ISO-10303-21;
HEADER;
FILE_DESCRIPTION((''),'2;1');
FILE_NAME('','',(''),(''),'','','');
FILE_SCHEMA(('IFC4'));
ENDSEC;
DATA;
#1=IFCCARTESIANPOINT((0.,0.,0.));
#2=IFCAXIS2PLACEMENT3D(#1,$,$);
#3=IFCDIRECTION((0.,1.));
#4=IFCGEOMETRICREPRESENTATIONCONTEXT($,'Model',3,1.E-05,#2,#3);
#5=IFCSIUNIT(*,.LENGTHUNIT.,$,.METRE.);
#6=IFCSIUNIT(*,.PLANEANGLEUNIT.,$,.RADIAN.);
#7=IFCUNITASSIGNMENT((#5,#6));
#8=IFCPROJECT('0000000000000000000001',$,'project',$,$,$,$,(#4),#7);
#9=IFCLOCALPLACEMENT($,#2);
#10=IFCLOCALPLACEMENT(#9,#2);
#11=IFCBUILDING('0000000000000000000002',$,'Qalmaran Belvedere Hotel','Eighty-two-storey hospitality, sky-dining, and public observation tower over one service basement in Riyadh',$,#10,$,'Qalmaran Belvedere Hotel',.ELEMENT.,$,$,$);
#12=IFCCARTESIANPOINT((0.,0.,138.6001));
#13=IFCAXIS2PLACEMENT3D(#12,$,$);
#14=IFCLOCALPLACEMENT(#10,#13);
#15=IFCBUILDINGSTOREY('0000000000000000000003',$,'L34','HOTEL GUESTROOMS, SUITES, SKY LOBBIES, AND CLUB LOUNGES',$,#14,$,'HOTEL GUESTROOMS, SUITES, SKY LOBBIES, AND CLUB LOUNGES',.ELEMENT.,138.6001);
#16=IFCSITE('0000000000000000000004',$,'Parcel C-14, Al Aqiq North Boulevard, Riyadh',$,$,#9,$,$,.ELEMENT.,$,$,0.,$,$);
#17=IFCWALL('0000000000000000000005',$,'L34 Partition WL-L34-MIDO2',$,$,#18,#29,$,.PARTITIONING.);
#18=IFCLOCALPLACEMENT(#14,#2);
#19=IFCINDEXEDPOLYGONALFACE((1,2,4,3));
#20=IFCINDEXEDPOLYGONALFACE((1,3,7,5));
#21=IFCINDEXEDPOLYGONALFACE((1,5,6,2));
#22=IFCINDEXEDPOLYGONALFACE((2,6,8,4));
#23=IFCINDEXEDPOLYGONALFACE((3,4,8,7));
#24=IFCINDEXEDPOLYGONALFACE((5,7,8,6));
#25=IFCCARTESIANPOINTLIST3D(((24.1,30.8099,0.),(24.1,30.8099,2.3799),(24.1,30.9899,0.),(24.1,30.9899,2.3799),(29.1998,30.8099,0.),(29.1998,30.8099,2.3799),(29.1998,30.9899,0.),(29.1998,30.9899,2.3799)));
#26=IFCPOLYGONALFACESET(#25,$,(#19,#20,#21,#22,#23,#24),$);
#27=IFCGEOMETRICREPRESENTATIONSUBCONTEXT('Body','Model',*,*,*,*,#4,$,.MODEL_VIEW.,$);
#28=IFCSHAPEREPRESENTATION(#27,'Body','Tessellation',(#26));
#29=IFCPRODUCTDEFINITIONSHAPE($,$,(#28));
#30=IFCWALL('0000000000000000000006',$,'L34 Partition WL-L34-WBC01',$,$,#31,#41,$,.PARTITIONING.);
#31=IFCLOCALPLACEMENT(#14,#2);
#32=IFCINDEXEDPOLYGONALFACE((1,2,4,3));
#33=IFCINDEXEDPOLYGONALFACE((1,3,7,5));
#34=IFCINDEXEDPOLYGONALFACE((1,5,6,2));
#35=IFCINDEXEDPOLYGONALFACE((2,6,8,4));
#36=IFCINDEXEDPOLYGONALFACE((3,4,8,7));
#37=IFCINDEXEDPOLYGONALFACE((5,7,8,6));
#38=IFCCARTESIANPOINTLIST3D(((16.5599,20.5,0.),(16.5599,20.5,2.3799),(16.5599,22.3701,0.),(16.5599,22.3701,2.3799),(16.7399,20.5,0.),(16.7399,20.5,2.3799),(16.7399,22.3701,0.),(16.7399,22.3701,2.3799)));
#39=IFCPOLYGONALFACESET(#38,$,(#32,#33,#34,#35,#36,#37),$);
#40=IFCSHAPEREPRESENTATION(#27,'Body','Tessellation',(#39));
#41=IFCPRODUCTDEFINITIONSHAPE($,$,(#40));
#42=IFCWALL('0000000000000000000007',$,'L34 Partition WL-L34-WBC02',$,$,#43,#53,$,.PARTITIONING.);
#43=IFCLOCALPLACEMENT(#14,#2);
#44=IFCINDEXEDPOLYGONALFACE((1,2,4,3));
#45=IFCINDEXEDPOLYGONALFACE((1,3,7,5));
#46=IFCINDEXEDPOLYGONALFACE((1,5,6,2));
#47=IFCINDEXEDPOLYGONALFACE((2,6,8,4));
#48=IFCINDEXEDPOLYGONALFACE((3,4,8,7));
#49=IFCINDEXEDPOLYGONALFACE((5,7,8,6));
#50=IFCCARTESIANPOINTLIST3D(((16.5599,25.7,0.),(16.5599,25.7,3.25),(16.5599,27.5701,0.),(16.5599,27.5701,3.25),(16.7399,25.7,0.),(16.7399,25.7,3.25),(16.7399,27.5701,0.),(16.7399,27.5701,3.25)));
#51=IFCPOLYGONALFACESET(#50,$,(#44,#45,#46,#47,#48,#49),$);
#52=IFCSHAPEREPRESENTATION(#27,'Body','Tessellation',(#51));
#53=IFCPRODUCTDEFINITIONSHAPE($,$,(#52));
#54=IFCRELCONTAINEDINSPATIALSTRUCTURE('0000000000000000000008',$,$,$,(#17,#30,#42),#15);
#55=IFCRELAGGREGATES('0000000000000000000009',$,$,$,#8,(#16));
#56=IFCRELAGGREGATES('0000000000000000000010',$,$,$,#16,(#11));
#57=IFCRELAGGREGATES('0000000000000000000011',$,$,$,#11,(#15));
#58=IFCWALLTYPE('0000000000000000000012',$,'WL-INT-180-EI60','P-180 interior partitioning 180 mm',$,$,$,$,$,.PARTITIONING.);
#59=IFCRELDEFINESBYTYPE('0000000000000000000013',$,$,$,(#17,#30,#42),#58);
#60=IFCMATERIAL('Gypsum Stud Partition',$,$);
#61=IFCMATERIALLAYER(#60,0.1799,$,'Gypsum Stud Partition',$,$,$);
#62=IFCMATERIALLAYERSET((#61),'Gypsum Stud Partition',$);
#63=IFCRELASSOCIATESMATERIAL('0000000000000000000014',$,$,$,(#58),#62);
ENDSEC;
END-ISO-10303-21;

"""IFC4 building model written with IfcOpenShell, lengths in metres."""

from ifc_helpers import new_model, si_unit, direction, frame, frame_2d, origin, place, context, subcontext, project, spatial, rectangle, extrude, material, layer, layer_set, type_object, element, save


model = new_model("IFC4")

# Units and contexts
model_context = context("Model", 3, precision=1e-05, world=origin(), true_north=direction((0.0, 1.0)))
body_context = subcontext(model_context, "Body", "Model", "MODEL_VIEW")
ifc_project = project(units=[si_unit("LENGTHUNIT", "METRE"), si_unit("PLANEANGLEUNIT", "RADIAN")], contexts=[model_context])

# Site, building, storey
site_placement = place(None, origin())
site = spatial("IfcSite", under=ifc_project, at=site_placement, Name="Parcel C-14, Al Aqiq North Boulevard, Riyadh", CompositionType="ELEMENT", RefElevation=0.0)
building_placement = place(site_placement, origin())
building = spatial("IfcBuilding", under=site, at=building_placement, Name="Qalmaran Belvedere Hotel", Description="Eighty-two-storey hospitality, sky-dining, and public observation tower over one service basement in Riyadh", LongName="Qalmaran Belvedere Hotel", CompositionType="ELEMENT")
storey_placement = place(building_placement, frame((0.0, 0.0, 138.6001)))
storey = spatial("IfcBuildingStorey", under=building, at=storey_placement, Name="L34", Description="HOTEL GUESTROOMS, SUITES, SKY LOBBIES, AND CLUB LOUNGES", LongName="HOTEL GUESTROOMS, SUITES, SKY LOBBIES, AND CLUB LOUNGES", CompositionType="ELEMENT", Elevation=138.6001)

# Shared definitions
ifc_material_1 = material(Name="Gypsum Stud Partition")

# Shared definitions
ifc_layer_1 = layer(ifc_material_1, 0.1799, Name="Gypsum Stud Partition")
ifc_layer_set_1 = layer_set([ifc_layer_1], Name="Gypsum Stud Partition")
wall_type_1 = type_object("IfcWallType", Name="WL-INT-180-EI60", Description="P-180 interior partitioning 180 mm", PredefinedType="PARTITIONING", material=ifc_layer_set_1)

# Walls
wall_1_placement = place(storey_placement, frame((24.1001, 30.8999, 0.0), z_axis=(0.0, 0.0, 1.0), x_axis=(1.0, 0.0, 0.0)))
element("IfcWall", 1, at=wall_1_placement, inside=storey, type_object=wall_type_1, Name="L34 Partition WL-L34-MIDO2", PredefinedType="PARTITIONING", context=body_context, shape_type="SweptSolid", body=[
    extrude(rectangle(XDim=5.0999, YDim=0.1799, at=frame_2d((2.5498, 0.0))), origin(), (0.0, 0.0, 1.0), 2.3799),
])
wall_2_placement = place(storey_placement, frame((16.6499, 20.5, 0.0), z_axis=(0.0, 0.0, 1.0), x_axis=(0.0, 1.0, 0.0)))
element("IfcWall", 2, at=wall_2_placement, inside=storey, type_object=wall_type_1, Name="L34 Partition WL-L34-WBC01", PredefinedType="PARTITIONING", context=body_context, shape_type="SweptSolid", body=[
    extrude(rectangle(XDim=1.8701, YDim=0.1799, at=frame_2d((0.9351, 0.0))), origin(), (0.0, 0.0, 1.0), 2.3799),
])

# Wall
wall_3_placement = place(storey_placement, frame((16.6499, 25.7, 0.0), z_axis=(0.0, 0.0, 1.0), x_axis=(0.0, 1.0, 0.0)))
element("IfcWall", 3, at=wall_3_placement, inside=storey, type_object=wall_type_1, Name="L34 Partition WL-L34-WBC02", PredefinedType="PARTITIONING", context=body_context, shape_type="SweptSolid", body=[
    extrude(rectangle(XDim=1.8701, YDim=0.1799, at=frame_2d((0.9351, 0.0))), origin(), (0.0, 0.0, 1.0), 3.25),
])

save(model, "model.ifc")
